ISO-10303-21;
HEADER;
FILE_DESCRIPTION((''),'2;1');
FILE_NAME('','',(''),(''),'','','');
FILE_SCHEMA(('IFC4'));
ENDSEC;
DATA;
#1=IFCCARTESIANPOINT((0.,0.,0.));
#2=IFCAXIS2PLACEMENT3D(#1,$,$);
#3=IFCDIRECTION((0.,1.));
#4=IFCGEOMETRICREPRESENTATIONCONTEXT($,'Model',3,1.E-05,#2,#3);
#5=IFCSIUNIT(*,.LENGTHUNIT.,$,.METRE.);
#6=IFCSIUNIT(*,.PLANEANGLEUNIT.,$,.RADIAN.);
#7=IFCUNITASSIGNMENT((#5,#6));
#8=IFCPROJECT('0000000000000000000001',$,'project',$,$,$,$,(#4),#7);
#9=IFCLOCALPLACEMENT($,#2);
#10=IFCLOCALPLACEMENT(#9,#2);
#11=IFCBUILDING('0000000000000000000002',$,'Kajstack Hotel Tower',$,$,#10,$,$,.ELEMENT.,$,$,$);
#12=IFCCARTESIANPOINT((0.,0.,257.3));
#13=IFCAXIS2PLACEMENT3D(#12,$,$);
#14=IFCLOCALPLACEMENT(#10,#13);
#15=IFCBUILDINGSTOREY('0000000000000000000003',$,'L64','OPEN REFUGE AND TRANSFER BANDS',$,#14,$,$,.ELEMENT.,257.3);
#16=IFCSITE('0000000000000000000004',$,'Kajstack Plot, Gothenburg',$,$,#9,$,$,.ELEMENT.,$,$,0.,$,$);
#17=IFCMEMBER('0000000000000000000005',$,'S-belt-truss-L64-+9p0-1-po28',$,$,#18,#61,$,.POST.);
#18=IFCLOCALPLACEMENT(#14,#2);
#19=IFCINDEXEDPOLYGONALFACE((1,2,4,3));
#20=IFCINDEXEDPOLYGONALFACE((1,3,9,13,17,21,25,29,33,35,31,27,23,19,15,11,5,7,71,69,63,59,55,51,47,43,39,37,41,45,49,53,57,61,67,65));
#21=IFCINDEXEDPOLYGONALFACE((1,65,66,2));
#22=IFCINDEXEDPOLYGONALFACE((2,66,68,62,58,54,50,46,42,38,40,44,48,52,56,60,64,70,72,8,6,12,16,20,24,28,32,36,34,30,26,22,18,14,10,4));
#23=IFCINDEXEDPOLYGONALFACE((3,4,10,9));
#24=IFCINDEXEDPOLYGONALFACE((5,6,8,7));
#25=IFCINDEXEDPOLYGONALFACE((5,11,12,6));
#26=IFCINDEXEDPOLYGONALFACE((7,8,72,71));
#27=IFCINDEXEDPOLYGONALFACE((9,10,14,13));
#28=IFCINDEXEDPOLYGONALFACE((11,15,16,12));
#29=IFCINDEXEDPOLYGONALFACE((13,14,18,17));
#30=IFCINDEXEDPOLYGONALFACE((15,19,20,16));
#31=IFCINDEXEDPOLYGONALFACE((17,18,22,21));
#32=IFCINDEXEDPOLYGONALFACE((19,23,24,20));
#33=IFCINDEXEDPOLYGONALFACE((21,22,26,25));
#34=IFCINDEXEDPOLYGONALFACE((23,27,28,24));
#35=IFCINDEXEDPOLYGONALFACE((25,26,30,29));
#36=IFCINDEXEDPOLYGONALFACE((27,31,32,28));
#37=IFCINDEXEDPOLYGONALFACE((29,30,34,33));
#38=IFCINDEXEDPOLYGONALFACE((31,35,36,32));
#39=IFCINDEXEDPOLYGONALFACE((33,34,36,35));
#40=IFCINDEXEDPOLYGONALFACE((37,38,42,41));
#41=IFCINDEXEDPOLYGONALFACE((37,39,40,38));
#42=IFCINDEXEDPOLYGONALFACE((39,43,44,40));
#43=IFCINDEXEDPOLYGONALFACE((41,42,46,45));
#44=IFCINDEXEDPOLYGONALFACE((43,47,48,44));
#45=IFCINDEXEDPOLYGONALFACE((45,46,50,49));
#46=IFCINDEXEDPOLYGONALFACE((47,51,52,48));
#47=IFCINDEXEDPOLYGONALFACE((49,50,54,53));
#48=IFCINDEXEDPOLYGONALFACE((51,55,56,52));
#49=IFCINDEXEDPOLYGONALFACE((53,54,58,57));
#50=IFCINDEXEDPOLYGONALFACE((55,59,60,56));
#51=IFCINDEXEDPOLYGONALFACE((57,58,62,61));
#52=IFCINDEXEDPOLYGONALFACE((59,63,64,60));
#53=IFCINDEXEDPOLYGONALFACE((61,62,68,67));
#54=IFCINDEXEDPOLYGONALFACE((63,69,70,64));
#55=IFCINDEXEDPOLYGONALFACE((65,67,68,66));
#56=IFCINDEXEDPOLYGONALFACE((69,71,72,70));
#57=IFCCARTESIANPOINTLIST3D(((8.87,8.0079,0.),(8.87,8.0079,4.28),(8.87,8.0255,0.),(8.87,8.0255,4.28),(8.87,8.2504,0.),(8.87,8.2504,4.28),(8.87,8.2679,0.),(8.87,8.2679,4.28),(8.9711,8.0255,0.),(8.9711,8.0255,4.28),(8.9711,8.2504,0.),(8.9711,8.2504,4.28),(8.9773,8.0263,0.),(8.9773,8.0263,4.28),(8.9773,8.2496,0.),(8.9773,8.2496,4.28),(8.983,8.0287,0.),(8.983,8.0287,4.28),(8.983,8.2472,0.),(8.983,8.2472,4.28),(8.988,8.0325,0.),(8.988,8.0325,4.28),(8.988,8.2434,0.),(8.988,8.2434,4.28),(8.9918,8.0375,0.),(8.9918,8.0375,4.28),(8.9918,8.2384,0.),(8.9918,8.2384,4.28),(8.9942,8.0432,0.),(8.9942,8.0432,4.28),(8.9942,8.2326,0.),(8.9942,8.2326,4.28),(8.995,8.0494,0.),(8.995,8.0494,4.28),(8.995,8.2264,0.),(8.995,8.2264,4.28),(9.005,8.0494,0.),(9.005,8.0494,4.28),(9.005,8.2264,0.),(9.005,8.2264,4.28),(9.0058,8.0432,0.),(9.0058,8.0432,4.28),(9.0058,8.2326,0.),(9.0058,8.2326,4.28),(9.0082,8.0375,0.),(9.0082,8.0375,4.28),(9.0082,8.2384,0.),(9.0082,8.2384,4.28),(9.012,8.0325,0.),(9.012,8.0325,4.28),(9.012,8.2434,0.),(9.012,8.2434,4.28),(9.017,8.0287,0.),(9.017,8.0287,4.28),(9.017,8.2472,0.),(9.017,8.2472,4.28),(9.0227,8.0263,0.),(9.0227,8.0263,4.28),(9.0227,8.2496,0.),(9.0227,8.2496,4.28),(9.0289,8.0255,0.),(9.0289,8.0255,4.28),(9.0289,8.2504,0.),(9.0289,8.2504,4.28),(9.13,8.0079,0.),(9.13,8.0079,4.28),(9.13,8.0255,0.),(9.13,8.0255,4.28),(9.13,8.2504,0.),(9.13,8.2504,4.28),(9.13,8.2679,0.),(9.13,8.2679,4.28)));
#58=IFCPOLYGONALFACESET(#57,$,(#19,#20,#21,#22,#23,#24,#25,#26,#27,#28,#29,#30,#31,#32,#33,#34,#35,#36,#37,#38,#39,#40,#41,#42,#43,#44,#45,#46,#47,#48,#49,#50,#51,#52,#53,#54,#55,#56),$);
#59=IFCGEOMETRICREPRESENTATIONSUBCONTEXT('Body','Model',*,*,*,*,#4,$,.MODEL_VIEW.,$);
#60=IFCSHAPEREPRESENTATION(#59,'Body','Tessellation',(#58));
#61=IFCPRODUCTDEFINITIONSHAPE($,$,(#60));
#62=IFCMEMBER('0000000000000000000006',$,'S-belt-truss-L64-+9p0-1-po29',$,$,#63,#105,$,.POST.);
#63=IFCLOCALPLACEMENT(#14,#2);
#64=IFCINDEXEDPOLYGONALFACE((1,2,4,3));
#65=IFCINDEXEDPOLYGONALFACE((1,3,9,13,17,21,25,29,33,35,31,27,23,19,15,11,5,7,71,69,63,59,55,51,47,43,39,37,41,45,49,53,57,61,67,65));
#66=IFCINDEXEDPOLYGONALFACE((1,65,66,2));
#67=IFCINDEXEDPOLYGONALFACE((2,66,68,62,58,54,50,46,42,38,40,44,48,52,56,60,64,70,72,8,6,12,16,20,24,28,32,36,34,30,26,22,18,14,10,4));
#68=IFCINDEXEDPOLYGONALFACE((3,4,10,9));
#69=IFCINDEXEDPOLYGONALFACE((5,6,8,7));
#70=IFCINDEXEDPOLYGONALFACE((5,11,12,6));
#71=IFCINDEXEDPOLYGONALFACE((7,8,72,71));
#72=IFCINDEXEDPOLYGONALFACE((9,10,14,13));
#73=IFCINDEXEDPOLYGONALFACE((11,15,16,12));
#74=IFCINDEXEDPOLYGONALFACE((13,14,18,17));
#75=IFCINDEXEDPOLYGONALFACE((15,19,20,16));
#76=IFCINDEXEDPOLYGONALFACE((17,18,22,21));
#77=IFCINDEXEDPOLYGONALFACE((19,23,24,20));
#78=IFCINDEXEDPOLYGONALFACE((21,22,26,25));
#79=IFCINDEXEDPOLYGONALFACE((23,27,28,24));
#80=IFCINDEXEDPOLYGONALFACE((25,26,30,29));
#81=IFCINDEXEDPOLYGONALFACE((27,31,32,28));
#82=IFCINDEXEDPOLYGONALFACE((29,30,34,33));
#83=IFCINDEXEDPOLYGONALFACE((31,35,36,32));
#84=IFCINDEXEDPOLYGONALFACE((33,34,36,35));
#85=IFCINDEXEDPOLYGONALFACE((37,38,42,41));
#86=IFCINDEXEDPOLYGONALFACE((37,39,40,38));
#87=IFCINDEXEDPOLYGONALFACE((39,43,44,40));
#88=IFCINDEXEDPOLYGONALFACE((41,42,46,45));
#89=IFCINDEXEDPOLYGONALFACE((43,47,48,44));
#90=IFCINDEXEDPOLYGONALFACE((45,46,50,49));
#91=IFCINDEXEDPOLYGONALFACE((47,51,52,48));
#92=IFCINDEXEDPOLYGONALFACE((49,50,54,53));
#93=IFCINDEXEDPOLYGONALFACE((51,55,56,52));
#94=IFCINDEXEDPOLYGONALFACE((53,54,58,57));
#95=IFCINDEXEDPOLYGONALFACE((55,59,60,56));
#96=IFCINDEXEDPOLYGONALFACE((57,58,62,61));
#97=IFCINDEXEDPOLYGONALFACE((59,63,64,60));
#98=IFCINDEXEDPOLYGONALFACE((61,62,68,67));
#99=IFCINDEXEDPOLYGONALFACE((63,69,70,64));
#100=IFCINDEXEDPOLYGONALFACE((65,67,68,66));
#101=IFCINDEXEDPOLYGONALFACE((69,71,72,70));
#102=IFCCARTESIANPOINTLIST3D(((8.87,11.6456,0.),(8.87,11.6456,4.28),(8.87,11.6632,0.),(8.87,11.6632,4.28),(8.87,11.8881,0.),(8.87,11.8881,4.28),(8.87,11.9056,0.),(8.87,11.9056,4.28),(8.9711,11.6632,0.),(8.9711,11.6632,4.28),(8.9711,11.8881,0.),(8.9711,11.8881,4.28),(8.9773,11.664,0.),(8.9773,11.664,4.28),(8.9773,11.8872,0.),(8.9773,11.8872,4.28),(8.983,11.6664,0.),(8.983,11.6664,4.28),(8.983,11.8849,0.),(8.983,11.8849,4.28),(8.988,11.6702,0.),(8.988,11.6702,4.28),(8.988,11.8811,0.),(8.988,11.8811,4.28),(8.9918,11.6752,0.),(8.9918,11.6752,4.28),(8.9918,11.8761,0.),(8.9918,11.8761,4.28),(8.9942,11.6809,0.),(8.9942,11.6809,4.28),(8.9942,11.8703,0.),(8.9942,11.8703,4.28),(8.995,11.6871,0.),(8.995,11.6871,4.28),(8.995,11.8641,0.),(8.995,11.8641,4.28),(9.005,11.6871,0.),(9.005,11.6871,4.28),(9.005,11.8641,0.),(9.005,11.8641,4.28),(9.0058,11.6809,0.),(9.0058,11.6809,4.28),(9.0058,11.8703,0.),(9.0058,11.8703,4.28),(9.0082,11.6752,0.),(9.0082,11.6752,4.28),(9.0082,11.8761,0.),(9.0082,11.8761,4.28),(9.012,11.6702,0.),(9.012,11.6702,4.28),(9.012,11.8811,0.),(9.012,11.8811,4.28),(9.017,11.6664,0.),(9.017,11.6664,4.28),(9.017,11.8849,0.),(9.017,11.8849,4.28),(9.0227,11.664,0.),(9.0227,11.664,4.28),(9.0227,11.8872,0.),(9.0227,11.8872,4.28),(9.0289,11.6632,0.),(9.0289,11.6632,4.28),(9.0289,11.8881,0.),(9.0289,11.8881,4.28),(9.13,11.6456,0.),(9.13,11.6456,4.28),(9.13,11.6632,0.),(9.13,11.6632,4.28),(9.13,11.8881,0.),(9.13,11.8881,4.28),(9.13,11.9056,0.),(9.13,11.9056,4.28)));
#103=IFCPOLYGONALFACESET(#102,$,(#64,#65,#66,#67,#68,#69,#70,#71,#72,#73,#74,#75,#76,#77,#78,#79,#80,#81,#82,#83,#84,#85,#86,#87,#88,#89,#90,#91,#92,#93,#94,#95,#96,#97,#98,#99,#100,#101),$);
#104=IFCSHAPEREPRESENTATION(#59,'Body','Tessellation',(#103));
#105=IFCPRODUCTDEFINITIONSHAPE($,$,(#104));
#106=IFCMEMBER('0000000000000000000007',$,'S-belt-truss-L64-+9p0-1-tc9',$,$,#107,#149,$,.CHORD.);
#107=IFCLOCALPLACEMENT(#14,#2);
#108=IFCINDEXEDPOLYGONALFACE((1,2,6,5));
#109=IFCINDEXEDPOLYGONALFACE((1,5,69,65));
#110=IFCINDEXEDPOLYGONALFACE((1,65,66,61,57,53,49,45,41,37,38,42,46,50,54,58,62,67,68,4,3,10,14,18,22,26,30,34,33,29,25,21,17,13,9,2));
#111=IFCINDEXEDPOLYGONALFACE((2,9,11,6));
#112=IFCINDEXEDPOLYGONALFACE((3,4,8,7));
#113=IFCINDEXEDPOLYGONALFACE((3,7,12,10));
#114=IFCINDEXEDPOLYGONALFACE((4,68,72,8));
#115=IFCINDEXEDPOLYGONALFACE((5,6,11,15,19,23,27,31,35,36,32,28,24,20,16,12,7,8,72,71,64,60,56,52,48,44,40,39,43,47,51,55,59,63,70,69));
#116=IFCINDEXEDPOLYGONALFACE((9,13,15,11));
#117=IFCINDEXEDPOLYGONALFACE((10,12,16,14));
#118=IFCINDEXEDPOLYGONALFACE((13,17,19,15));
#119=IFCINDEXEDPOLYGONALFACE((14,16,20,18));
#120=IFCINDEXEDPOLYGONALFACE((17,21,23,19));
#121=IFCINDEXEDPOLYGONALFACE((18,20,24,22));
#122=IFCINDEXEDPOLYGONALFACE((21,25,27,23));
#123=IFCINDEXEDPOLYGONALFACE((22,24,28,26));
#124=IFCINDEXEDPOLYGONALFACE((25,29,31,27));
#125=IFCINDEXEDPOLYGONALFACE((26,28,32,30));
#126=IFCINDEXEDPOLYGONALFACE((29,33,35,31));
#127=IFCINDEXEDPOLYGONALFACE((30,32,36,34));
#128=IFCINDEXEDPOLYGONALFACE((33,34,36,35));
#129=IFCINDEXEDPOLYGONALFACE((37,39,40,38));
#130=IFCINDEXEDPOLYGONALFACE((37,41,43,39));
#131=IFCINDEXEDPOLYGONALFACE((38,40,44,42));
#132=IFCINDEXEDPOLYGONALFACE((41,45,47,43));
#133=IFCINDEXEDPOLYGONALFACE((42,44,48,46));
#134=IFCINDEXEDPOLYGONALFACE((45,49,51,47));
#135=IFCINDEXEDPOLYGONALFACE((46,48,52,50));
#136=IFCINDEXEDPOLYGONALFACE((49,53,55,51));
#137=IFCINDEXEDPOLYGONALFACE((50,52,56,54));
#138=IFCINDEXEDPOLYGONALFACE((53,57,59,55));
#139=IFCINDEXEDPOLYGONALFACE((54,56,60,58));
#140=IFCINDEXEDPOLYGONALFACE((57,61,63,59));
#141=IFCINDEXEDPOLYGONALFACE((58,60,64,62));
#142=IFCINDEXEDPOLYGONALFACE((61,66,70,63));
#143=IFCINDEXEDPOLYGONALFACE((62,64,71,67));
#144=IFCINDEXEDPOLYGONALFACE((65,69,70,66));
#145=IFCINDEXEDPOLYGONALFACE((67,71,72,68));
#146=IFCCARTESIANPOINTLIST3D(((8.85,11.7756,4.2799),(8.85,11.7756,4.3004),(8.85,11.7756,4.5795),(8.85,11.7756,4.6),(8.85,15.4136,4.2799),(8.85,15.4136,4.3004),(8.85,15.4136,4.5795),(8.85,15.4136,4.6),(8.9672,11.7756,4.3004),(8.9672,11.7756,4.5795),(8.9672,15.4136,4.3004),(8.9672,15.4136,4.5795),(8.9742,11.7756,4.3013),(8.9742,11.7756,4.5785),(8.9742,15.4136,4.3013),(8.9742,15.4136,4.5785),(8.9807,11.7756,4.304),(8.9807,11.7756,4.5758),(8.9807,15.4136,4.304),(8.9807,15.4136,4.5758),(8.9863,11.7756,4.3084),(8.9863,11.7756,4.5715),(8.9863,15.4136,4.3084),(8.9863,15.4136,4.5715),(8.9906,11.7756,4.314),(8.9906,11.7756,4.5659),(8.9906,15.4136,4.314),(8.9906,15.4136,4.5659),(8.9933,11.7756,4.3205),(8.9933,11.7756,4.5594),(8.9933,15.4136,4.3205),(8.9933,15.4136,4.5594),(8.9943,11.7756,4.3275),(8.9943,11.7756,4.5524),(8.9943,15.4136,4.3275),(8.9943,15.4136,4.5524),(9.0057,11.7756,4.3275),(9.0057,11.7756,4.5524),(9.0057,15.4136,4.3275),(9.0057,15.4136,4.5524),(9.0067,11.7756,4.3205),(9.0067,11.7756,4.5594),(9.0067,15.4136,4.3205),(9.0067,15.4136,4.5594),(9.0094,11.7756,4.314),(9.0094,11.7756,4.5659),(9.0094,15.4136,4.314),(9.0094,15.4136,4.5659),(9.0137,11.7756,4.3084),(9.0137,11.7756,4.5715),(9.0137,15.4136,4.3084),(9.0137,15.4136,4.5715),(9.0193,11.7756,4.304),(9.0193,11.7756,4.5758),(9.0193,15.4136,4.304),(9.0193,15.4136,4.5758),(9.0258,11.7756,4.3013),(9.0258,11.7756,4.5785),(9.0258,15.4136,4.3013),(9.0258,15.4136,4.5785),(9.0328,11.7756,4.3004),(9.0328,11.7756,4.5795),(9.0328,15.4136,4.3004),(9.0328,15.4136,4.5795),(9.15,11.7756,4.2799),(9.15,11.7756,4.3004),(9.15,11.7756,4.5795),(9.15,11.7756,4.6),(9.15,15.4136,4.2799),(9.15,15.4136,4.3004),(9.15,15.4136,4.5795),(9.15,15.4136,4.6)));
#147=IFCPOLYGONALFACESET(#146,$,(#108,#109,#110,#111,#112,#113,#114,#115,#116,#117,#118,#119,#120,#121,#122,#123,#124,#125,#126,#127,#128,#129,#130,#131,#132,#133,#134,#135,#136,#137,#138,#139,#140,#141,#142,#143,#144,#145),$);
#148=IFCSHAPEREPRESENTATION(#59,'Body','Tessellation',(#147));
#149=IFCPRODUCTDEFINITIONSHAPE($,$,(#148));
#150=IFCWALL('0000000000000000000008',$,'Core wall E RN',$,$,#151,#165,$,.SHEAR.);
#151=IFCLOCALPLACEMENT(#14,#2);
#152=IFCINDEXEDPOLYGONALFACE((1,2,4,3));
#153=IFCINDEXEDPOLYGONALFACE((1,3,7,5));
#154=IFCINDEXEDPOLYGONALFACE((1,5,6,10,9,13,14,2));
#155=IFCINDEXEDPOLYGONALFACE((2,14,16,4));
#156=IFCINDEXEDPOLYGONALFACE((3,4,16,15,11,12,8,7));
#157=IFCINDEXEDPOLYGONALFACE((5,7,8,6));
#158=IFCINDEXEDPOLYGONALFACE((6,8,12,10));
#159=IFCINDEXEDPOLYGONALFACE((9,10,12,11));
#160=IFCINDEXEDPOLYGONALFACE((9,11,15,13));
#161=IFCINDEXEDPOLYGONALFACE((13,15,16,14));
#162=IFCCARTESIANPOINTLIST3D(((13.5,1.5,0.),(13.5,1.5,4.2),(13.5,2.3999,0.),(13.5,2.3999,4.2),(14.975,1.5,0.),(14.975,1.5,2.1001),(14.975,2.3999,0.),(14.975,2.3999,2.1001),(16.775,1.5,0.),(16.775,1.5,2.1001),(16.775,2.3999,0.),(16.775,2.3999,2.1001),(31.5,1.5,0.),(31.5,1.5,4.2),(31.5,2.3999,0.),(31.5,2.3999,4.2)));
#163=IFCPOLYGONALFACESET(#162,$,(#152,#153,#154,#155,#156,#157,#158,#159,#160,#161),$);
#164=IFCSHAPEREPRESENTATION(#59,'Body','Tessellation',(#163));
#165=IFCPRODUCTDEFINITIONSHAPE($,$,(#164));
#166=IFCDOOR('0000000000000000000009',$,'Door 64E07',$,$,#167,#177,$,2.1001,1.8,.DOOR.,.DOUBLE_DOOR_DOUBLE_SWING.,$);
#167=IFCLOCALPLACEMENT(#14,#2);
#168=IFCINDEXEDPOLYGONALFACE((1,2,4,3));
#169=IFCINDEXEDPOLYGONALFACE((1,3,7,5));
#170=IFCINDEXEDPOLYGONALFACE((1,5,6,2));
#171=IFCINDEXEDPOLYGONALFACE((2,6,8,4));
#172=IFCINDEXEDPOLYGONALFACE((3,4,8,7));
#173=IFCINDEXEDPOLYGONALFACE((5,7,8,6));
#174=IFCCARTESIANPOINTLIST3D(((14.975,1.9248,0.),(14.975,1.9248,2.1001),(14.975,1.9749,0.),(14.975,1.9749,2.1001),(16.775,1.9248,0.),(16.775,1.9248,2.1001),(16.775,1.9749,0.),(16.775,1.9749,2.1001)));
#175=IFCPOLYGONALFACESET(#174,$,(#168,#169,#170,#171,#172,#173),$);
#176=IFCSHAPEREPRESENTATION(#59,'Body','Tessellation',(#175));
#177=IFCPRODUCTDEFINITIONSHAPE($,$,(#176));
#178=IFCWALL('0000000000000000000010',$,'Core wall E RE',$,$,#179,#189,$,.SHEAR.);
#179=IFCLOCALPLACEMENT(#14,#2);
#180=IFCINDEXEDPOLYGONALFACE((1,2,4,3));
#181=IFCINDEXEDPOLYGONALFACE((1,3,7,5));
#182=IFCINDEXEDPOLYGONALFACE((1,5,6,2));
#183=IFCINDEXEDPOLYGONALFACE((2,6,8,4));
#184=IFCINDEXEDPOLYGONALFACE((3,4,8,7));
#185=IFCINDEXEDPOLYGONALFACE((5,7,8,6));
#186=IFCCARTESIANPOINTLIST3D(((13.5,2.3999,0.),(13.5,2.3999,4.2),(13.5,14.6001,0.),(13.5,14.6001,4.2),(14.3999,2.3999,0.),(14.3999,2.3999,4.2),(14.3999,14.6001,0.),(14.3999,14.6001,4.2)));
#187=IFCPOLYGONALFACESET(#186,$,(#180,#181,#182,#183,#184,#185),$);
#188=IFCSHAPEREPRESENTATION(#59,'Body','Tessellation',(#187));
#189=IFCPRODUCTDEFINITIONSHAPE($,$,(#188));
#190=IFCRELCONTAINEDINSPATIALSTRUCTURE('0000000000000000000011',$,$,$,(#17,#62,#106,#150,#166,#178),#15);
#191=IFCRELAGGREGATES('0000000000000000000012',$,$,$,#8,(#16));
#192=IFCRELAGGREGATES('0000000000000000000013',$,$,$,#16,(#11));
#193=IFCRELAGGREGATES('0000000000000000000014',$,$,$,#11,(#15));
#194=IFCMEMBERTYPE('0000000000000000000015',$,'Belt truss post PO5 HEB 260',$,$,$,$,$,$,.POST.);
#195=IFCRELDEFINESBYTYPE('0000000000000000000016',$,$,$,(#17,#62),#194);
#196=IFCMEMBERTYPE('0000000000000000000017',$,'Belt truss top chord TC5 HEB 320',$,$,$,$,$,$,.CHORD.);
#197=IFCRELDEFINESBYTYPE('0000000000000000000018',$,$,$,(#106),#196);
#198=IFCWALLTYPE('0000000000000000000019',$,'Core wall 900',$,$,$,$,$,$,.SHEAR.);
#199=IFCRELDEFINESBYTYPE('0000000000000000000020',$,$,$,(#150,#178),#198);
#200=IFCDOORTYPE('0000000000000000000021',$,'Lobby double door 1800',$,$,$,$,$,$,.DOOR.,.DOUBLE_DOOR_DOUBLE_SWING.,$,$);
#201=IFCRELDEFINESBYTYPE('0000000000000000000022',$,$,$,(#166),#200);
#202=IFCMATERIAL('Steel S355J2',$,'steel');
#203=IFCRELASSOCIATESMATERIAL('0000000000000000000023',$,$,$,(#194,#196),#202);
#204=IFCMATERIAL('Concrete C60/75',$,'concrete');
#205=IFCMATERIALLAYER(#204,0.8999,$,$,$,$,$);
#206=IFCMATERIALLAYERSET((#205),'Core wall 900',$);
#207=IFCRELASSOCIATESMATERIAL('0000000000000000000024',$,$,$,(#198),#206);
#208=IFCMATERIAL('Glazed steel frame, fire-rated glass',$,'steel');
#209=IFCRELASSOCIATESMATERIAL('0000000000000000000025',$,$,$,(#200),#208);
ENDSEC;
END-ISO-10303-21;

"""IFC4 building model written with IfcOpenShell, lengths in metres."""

from ifc_helpers import new_model, si_unit, direction, frame, frame_2d, origin, origin_2d, place, context, subcontext, project, spatial, rectangle, i_section, extrude, material, layer, layer_set, material_profile, profile_set, type_object, element, fill, save


model = new_model("IFC4")

# Units and contexts
model_context = context("Model", 3, precision=1e-05, world=origin(), true_north=direction((0.0, 1.0)))
body_context = subcontext(model_context, "Body", "Model", "MODEL_VIEW")
ifc_project = project(units=[si_unit("LENGTHUNIT", "METRE"), si_unit("PLANEANGLEUNIT", "RADIAN")], contexts=[model_context])

# Site, building, storey
site_placement = place(None, origin())
site = spatial("IfcSite", under=ifc_project, at=site_placement, Name="Kajstack Plot, Gothenburg", CompositionType="ELEMENT", RefElevation=0.0)
building_placement = place(site_placement, origin())
building = spatial("IfcBuilding", under=site, at=building_placement, Name="Kajstack Hotel Tower", CompositionType="ELEMENT")
storey_placement = place(building_placement, frame((0.0, 0.0, 257.3)))
storey = spatial("IfcBuildingStorey", under=building, at=storey_placement, Name="L64", Description="OPEN REFUGE AND TRANSFER BANDS", CompositionType="ELEMENT", Elevation=257.3)

# Members
ifc_material_1 = material(Name="Steel S355J2", Category="steel")
ifc_material_profile_1 = material_profile(ifc_material_1, i_section(OverallWidth=0.26, OverallDepth=0.26, WebThickness=0.01, FlangeThickness=0.0176, FilletRadius=0.0239, at=origin_2d()), Name="HEB 260")
ifc_profile_set_1 = profile_set([ifc_material_profile_1], Name="Steel S355J2")
member_type_1 = type_object("IfcMemberType", Name="Belt truss post PO5 HEB 260", PredefinedType="POST", material=ifc_profile_set_1)
for number, where, z_axis, x_axis, name in (
    (1, (9.0, 8.1379, 0.0), (0.0, 0.0, 1.0), (1.0, 0.0, 0.0), "S-belt-truss-L64-+9p0-1-po28"),
    (2, (9.0, 11.7756, 0.0), (0.0, 0.0, 1.0), (1.0, 0.0, 0.0), "S-belt-truss-L64-+9p0-1-po29"),
):
    element("IfcMember", number, at=place(storey_placement, frame(where, z_axis=z_axis, x_axis=x_axis)), inside=storey, type_object=member_type_1, Name=name, PredefinedType="POST", context=body_context, shape_type="SweptSolid", body=[
        extrude(i_section(OverallWidth=0.26, OverallDepth=0.26, WebThickness=0.01, FlangeThickness=0.0176, FilletRadius=0.0239, at=origin_2d()), origin(), (0.0, 0.0, 1.0), 4.28),
    ])
ifc_material_profile_2 = material_profile(ifc_material_1, i_section(OverallWidth=0.3, OverallDepth=0.3201, WebThickness=0.0115, FlangeThickness=0.0205, FilletRadius=0.0271, at=origin_2d()), Name="HEB 320")
ifc_profile_set_2 = profile_set([ifc_material_profile_2], Name="Steel S355J2")
member_type_2 = type_object("IfcMemberType", Name="Belt truss top chord TC5 HEB 320", PredefinedType="CHORD", material=ifc_profile_set_2)
member_1_placement = place(storey_placement, frame((9.0, 11.7756, 4.4399), z_axis=(0.0, 1.0, 0.0), x_axis=(-1.0, 0.0, 0.0)))
element("IfcMember", 3, at=member_1_placement, inside=storey, type_object=member_type_2, Name="S-belt-truss-L64-+9p0-1-tc9", PredefinedType="CHORD", context=body_context, shape_type="SweptSolid", body=[
    extrude(i_section(OverallWidth=0.3, OverallDepth=0.3201, WebThickness=0.0115, FlangeThickness=0.0205, FilletRadius=0.0271, at=origin_2d()), origin(), (0.0, 0.0, 1.0), 3.6379),
])

# Wall, opening, door
ifc_material_2 = material(Name="Concrete C60/75", Category="concrete")
ifc_layer_1 = layer(ifc_material_2, 0.8999)
ifc_layer_set_1 = layer_set([ifc_layer_1], Name="Core wall 900")
wall_type_1 = type_object("IfcWallType", Name="Core wall 900", PredefinedType="SHEAR", material=ifc_layer_set_1)
wall_1_placement = place(storey_placement, frame((13.5, 1.95, 0.0), z_axis=(0.0, 0.0, 1.0), x_axis=(1.0, 0.0, 0.0)))
wall_1 = element("IfcWall", 4, at=wall_1_placement, inside=storey, type_object=wall_type_1, Name="Core wall E RN", PredefinedType="SHEAR", context=body_context, shape_type="SweptSolid", body=[
    extrude(rectangle(XDim=18.0, YDim=0.8999, at=frame_2d((9.0, 0.0))), origin(), (0.0, 0.0, 1.0), 4.2),
])
opening_1_placement = place(wall_1_placement, frame((1.4751, 0.0, 0.0)))
opening_1 = element("IfcOpeningElement", 5, at=opening_1_placement, cuts=wall_1, PredefinedType="OPENING", context=body_context, shape_type="SweptSolid", body=[
    extrude(rectangle(XDim=1.8, YDim=2.1001, at=frame_2d((0.8999, 1.05))), frame((0.0, 0.46, 0.0), z_axis=(0.0, -1.0, 0.0), x_axis=(1.0, 0.0, 0.0)), (0.0, 0.0, 1.0), 0.9199),
])
ifc_material_3 = material(Name="Glazed steel frame, fire-rated glass", Category="steel")
door_type_1 = type_object("IfcDoorType", Name="Lobby double door 1800", OperationType="DOUBLE_DOOR_DOUBLE_SWING", PredefinedType="DOOR", material=ifc_material_3)
door_1_placement = place(opening_1_placement, origin())
door_1 = element("IfcDoor", 6, at=door_1_placement, inside=storey, type_object=door_type_1, Name="Door 64E07", OperationType="DOUBLE_DOOR_DOUBLE_SWING", OverallHeight=2.1001, OverallWidth=1.8, PredefinedType="DOOR", context=body_context, shape_type="SweptSolid", body=[
    extrude(rectangle(XDim=1.8, YDim=2.1001, at=frame_2d((0.8999, 1.05))), frame((0.0, 0.0249, 0.0), z_axis=(0.0, -1.0, 0.0), x_axis=(1.0, 0.0, 0.0)), (0.0, 0.0, 1.0), 0.05),
])
fill(opening_1, door_1)

# Wall
wall_2_placement = place(storey_placement, frame((13.95, 2.3999, 0.0), z_axis=(0.0, 0.0, 1.0), x_axis=(0.0, 1.0, 0.0)))
element("IfcWall", 7, at=wall_2_placement, inside=storey, type_object=wall_type_1, Name="Core wall E RE", PredefinedType="SHEAR", context=body_context, shape_type="SweptSolid", body=[
    extrude(rectangle(XDim=12.2002, YDim=0.8999, at=frame_2d((6.1001, 0.0))), origin(), (0.0, 0.0, 1.0), 4.2),
])

save(model, "model.ifc")
